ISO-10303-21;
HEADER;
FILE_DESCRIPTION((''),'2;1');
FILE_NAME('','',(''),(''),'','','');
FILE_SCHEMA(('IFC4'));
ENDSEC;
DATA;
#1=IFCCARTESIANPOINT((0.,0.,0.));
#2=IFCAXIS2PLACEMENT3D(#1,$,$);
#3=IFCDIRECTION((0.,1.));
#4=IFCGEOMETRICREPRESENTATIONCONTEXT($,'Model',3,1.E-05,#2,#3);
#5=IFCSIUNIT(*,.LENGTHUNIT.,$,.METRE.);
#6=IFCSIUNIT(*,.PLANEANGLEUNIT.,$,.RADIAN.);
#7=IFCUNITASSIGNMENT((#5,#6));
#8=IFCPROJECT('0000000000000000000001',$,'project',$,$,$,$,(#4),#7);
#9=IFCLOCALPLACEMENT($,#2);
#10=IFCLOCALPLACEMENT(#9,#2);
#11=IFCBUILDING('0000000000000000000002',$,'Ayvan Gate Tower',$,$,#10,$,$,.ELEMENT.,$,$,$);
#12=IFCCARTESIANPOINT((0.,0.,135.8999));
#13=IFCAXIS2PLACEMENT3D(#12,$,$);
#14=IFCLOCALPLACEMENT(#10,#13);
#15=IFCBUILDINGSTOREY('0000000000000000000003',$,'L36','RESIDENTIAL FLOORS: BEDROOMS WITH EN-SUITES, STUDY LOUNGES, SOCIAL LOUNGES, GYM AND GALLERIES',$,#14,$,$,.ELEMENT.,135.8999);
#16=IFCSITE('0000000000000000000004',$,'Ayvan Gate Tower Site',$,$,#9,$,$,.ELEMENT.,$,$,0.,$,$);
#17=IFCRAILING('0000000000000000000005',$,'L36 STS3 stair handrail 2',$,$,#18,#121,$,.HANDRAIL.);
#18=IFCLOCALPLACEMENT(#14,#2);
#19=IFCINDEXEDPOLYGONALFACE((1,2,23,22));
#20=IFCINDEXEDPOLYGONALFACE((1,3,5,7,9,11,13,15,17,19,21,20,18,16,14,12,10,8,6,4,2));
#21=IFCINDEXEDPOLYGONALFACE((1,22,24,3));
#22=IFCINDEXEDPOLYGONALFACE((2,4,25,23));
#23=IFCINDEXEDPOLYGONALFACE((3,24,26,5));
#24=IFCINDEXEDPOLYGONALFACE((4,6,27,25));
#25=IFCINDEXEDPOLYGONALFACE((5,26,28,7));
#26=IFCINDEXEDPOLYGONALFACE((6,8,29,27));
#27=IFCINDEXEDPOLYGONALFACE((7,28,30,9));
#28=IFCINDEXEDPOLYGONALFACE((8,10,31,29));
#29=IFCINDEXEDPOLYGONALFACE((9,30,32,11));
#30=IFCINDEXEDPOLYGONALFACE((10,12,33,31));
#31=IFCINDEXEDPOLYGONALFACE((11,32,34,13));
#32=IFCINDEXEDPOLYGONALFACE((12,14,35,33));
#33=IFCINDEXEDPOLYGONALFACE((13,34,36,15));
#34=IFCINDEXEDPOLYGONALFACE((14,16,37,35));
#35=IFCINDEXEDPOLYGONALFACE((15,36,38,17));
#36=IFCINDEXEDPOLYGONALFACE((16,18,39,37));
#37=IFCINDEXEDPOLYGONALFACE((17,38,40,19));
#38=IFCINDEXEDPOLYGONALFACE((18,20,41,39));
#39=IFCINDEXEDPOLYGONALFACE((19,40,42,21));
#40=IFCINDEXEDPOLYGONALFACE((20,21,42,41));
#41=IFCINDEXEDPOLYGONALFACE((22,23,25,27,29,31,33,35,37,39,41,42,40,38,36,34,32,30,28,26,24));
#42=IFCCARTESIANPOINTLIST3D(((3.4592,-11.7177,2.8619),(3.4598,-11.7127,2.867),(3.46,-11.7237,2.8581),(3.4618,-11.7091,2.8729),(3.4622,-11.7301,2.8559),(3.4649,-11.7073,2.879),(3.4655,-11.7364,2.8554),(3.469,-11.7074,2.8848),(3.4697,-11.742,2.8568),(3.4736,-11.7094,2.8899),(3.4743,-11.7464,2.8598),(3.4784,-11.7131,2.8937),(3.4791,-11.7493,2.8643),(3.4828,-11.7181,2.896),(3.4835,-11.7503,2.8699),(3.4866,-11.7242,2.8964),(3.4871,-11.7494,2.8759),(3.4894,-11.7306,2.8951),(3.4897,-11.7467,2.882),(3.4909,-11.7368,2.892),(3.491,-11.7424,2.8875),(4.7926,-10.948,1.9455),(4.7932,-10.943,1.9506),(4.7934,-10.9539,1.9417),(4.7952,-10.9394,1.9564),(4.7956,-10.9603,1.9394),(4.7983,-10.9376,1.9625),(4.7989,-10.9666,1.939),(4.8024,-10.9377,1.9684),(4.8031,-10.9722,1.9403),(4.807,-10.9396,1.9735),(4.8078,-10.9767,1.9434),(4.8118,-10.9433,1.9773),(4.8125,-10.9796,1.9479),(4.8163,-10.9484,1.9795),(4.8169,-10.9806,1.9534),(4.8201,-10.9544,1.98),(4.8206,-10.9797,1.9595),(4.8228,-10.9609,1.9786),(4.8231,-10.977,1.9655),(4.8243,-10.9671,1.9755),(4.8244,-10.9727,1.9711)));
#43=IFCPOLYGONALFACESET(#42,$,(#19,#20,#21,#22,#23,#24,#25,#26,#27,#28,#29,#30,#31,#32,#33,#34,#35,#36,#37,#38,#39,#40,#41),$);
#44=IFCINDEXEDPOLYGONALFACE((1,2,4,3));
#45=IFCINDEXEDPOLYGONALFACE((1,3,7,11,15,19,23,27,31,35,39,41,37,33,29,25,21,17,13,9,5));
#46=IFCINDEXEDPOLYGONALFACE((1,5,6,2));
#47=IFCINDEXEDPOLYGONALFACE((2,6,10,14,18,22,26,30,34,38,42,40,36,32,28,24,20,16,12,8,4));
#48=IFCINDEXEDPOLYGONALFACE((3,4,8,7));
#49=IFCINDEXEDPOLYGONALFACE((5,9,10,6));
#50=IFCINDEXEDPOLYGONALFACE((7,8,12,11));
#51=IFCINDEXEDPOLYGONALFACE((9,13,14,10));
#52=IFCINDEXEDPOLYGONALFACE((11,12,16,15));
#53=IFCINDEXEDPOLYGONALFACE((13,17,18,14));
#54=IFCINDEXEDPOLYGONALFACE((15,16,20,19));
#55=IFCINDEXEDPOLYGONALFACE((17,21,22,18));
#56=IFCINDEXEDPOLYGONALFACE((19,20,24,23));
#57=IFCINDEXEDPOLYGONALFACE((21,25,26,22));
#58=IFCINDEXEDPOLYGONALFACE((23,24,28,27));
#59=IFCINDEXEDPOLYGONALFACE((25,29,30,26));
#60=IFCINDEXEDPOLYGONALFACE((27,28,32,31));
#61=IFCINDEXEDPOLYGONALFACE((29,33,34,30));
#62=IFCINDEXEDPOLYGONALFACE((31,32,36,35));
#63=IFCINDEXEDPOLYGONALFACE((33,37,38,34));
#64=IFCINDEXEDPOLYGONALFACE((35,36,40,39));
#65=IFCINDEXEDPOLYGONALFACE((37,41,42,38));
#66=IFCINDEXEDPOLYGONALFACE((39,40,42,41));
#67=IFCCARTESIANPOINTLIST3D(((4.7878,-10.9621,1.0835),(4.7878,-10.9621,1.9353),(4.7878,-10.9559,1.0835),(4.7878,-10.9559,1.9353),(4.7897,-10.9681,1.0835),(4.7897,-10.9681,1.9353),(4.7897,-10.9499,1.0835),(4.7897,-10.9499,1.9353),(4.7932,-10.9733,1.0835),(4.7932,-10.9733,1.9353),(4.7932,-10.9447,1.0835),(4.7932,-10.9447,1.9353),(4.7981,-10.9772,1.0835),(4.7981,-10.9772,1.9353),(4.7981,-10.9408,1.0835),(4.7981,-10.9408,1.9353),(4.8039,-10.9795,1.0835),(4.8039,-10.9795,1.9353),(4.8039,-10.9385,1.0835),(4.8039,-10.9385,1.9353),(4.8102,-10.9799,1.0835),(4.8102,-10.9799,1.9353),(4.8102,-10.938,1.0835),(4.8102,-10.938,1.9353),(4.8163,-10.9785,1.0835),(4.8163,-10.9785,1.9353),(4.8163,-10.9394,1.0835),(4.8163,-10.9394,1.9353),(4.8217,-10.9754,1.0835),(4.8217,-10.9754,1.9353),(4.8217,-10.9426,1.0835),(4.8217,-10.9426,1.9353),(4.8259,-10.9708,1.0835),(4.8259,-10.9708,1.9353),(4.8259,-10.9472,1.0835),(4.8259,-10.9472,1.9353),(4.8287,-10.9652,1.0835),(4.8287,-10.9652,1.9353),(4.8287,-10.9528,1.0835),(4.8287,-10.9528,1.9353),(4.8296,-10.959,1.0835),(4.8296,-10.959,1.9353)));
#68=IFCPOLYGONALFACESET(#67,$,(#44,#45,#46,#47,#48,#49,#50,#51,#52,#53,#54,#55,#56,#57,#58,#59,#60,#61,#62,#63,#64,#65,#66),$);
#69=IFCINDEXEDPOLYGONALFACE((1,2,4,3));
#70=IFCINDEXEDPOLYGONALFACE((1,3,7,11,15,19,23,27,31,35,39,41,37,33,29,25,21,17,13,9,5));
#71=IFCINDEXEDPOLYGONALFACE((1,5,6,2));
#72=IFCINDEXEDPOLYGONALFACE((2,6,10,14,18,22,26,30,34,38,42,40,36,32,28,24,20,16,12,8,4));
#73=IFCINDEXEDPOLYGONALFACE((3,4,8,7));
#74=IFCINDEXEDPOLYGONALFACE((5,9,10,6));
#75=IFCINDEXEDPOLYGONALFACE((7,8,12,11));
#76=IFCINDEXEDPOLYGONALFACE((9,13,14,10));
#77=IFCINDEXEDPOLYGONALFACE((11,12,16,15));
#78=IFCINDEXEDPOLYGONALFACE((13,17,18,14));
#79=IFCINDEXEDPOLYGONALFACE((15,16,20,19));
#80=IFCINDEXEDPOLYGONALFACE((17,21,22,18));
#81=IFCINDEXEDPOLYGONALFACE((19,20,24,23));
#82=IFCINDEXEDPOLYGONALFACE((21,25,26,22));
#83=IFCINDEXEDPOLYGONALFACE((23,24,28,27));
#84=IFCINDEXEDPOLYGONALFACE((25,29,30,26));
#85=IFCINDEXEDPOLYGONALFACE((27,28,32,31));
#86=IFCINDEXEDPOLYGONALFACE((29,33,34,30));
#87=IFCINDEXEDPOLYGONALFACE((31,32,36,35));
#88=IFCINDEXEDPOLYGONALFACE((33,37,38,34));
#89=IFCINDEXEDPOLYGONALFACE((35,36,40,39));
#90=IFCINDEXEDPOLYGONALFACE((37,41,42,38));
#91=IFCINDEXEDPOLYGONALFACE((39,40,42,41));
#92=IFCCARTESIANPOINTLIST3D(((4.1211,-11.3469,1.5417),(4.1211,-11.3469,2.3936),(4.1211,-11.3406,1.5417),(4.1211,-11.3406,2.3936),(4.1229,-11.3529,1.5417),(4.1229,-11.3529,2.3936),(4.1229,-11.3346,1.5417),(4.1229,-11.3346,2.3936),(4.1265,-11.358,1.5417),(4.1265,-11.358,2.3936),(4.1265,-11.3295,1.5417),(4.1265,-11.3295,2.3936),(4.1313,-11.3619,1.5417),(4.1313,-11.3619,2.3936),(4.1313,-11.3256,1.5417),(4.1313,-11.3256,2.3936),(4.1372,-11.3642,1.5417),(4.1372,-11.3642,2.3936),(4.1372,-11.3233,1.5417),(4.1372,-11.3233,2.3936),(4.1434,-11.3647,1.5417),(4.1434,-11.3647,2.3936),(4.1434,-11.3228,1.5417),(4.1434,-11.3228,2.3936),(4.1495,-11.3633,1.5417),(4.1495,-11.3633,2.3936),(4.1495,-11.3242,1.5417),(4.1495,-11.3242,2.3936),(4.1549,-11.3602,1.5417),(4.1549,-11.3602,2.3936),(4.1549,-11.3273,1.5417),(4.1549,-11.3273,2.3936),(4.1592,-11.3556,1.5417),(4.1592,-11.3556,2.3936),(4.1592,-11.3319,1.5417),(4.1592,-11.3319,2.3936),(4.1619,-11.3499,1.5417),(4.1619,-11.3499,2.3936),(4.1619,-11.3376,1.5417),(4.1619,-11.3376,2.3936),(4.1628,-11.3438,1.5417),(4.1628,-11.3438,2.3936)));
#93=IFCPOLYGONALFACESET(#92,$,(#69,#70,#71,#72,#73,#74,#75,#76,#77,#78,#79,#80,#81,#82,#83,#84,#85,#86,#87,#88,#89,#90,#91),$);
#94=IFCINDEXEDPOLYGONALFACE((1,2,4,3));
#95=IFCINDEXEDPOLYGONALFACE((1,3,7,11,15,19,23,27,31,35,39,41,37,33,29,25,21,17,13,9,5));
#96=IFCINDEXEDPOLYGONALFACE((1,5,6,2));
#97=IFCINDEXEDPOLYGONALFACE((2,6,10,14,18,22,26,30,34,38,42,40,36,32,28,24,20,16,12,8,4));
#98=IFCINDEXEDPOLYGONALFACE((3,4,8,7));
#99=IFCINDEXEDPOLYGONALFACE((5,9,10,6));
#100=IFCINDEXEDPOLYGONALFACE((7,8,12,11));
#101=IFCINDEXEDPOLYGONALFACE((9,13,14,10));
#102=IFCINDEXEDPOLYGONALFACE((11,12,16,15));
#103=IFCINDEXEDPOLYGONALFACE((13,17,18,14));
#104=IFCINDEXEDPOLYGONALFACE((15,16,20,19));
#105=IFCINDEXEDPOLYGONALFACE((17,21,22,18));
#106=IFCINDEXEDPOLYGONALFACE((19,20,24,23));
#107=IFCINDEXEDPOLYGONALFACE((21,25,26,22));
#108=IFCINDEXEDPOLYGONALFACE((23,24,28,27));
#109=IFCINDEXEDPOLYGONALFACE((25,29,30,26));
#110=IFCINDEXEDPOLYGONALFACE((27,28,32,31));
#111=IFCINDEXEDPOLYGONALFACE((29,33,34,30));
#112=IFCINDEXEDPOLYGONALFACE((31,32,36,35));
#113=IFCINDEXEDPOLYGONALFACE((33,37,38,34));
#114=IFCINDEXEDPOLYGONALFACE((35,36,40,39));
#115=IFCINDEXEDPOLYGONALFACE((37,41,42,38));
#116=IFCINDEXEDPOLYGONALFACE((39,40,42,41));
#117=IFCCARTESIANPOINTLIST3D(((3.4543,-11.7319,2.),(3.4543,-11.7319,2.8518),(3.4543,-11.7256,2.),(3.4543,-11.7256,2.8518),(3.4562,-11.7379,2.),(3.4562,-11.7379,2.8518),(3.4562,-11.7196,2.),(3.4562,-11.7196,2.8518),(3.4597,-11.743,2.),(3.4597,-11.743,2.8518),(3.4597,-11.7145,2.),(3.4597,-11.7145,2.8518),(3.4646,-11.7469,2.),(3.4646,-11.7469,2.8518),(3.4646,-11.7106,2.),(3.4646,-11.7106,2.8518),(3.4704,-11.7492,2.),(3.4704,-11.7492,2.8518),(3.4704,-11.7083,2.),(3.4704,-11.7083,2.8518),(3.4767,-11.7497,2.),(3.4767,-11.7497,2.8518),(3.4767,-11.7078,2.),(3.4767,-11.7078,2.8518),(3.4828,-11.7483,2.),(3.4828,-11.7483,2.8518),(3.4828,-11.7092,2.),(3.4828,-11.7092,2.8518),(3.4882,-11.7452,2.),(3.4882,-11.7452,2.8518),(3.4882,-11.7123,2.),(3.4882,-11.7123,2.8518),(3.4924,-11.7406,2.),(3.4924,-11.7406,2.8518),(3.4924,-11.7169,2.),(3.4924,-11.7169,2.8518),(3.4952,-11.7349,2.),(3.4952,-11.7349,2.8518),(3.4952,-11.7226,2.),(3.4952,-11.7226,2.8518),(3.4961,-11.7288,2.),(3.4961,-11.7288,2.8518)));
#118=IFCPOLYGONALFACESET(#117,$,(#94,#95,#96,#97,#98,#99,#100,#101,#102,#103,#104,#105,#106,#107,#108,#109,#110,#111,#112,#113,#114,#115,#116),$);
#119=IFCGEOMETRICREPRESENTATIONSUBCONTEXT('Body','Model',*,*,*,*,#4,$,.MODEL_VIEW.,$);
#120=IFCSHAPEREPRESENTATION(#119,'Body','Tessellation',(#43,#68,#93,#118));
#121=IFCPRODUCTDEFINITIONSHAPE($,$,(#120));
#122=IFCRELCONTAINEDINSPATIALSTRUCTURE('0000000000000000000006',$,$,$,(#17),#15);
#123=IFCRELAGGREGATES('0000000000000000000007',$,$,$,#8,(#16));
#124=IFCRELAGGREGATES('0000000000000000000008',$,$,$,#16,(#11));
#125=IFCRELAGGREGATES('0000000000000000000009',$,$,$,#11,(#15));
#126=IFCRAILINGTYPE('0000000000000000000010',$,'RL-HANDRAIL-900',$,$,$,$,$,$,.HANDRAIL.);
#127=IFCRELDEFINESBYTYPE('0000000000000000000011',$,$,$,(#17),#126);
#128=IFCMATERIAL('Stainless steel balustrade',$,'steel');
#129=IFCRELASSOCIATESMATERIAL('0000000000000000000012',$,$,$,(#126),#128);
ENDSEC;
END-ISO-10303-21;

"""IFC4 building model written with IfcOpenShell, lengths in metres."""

from ifc_helpers import new_model, si_unit, direction, frame, origin, origin_2d, place, context, subcontext, project, spatial, circle, extrude, material, type_object, element, save


model = new_model("IFC4")

# Units and contexts
model_context = context("Model", 3, precision=1e-05, world=origin(), true_north=direction((0.0, 1.0)))
body_context = subcontext(model_context, "Body", "Model", "MODEL_VIEW")
ifc_project = project(units=[si_unit("LENGTHUNIT", "METRE"), si_unit("PLANEANGLEUNIT", "RADIAN")], contexts=[model_context])

# Site, building, storey
site_placement = place(None, origin())
site = spatial("IfcSite", under=ifc_project, at=site_placement, Name="Ayvan Gate Tower Site", CompositionType="ELEMENT", RefElevation=0.0)
building_placement = place(site_placement, origin())
building = spatial("IfcBuilding", under=site, at=building_placement, Name="Ayvan Gate Tower", CompositionType="ELEMENT")
storey_placement = place(building_placement, frame((0.0, 0.0, 135.8999)))
storey = spatial("IfcBuildingStorey", under=building, at=storey_placement, Name="L36", Description="RESIDENTIAL FLOORS: BEDROOMS WITH EN-SUITES, STUDY LOUNGES, SOCIAL LOUNGES, GYM AND GALLERIES", CompositionType="ELEMENT", Elevation=135.8999)

# Railing
ifc_material_1 = material(Name="Stainless steel balustrade", Category="steel")
railing_type_1 = type_object("IfcRailingType", Name="RL-HANDRAIL-900", PredefinedType="HANDRAIL", material=ifc_material_1)
railing_1_placement = place(storey_placement, frame((4.8086, -10.959, 1.0835)))
element("IfcRailing", 1, at=railing_1_placement, inside=storey, type_object=railing_type_1, Name="L36 STS3 stair handrail 2", PredefinedType="HANDRAIL", context=body_context, shape_type="SweptSolid", body=[
    extrude(circle(Radius=0.0239, at=origin_2d()), frame((0.0, 0.0, 0.876), z_axis=(-0.744199, -0.429597, 0.511483), x_axis=(0.499942, -0.866059, 0.0)), (0.0, 0.0, 1.0), 1.7917),
    extrude(circle(Radius=0.021, at=origin_2d()), origin(), (0.0, 0.0, 1.0), 0.8518),
    extrude(circle(Radius=0.021, at=origin_2d()), frame((-0.6667, -0.3848, 0.4583)), (0.0, 0.0, 1.0), 0.8518),
    extrude(circle(Radius=0.021, at=origin_2d()), frame((-1.3335, -0.7698, 0.9165)), (0.0, 0.0, 1.0), 0.8518),
])

save(model, "model.ifc")
